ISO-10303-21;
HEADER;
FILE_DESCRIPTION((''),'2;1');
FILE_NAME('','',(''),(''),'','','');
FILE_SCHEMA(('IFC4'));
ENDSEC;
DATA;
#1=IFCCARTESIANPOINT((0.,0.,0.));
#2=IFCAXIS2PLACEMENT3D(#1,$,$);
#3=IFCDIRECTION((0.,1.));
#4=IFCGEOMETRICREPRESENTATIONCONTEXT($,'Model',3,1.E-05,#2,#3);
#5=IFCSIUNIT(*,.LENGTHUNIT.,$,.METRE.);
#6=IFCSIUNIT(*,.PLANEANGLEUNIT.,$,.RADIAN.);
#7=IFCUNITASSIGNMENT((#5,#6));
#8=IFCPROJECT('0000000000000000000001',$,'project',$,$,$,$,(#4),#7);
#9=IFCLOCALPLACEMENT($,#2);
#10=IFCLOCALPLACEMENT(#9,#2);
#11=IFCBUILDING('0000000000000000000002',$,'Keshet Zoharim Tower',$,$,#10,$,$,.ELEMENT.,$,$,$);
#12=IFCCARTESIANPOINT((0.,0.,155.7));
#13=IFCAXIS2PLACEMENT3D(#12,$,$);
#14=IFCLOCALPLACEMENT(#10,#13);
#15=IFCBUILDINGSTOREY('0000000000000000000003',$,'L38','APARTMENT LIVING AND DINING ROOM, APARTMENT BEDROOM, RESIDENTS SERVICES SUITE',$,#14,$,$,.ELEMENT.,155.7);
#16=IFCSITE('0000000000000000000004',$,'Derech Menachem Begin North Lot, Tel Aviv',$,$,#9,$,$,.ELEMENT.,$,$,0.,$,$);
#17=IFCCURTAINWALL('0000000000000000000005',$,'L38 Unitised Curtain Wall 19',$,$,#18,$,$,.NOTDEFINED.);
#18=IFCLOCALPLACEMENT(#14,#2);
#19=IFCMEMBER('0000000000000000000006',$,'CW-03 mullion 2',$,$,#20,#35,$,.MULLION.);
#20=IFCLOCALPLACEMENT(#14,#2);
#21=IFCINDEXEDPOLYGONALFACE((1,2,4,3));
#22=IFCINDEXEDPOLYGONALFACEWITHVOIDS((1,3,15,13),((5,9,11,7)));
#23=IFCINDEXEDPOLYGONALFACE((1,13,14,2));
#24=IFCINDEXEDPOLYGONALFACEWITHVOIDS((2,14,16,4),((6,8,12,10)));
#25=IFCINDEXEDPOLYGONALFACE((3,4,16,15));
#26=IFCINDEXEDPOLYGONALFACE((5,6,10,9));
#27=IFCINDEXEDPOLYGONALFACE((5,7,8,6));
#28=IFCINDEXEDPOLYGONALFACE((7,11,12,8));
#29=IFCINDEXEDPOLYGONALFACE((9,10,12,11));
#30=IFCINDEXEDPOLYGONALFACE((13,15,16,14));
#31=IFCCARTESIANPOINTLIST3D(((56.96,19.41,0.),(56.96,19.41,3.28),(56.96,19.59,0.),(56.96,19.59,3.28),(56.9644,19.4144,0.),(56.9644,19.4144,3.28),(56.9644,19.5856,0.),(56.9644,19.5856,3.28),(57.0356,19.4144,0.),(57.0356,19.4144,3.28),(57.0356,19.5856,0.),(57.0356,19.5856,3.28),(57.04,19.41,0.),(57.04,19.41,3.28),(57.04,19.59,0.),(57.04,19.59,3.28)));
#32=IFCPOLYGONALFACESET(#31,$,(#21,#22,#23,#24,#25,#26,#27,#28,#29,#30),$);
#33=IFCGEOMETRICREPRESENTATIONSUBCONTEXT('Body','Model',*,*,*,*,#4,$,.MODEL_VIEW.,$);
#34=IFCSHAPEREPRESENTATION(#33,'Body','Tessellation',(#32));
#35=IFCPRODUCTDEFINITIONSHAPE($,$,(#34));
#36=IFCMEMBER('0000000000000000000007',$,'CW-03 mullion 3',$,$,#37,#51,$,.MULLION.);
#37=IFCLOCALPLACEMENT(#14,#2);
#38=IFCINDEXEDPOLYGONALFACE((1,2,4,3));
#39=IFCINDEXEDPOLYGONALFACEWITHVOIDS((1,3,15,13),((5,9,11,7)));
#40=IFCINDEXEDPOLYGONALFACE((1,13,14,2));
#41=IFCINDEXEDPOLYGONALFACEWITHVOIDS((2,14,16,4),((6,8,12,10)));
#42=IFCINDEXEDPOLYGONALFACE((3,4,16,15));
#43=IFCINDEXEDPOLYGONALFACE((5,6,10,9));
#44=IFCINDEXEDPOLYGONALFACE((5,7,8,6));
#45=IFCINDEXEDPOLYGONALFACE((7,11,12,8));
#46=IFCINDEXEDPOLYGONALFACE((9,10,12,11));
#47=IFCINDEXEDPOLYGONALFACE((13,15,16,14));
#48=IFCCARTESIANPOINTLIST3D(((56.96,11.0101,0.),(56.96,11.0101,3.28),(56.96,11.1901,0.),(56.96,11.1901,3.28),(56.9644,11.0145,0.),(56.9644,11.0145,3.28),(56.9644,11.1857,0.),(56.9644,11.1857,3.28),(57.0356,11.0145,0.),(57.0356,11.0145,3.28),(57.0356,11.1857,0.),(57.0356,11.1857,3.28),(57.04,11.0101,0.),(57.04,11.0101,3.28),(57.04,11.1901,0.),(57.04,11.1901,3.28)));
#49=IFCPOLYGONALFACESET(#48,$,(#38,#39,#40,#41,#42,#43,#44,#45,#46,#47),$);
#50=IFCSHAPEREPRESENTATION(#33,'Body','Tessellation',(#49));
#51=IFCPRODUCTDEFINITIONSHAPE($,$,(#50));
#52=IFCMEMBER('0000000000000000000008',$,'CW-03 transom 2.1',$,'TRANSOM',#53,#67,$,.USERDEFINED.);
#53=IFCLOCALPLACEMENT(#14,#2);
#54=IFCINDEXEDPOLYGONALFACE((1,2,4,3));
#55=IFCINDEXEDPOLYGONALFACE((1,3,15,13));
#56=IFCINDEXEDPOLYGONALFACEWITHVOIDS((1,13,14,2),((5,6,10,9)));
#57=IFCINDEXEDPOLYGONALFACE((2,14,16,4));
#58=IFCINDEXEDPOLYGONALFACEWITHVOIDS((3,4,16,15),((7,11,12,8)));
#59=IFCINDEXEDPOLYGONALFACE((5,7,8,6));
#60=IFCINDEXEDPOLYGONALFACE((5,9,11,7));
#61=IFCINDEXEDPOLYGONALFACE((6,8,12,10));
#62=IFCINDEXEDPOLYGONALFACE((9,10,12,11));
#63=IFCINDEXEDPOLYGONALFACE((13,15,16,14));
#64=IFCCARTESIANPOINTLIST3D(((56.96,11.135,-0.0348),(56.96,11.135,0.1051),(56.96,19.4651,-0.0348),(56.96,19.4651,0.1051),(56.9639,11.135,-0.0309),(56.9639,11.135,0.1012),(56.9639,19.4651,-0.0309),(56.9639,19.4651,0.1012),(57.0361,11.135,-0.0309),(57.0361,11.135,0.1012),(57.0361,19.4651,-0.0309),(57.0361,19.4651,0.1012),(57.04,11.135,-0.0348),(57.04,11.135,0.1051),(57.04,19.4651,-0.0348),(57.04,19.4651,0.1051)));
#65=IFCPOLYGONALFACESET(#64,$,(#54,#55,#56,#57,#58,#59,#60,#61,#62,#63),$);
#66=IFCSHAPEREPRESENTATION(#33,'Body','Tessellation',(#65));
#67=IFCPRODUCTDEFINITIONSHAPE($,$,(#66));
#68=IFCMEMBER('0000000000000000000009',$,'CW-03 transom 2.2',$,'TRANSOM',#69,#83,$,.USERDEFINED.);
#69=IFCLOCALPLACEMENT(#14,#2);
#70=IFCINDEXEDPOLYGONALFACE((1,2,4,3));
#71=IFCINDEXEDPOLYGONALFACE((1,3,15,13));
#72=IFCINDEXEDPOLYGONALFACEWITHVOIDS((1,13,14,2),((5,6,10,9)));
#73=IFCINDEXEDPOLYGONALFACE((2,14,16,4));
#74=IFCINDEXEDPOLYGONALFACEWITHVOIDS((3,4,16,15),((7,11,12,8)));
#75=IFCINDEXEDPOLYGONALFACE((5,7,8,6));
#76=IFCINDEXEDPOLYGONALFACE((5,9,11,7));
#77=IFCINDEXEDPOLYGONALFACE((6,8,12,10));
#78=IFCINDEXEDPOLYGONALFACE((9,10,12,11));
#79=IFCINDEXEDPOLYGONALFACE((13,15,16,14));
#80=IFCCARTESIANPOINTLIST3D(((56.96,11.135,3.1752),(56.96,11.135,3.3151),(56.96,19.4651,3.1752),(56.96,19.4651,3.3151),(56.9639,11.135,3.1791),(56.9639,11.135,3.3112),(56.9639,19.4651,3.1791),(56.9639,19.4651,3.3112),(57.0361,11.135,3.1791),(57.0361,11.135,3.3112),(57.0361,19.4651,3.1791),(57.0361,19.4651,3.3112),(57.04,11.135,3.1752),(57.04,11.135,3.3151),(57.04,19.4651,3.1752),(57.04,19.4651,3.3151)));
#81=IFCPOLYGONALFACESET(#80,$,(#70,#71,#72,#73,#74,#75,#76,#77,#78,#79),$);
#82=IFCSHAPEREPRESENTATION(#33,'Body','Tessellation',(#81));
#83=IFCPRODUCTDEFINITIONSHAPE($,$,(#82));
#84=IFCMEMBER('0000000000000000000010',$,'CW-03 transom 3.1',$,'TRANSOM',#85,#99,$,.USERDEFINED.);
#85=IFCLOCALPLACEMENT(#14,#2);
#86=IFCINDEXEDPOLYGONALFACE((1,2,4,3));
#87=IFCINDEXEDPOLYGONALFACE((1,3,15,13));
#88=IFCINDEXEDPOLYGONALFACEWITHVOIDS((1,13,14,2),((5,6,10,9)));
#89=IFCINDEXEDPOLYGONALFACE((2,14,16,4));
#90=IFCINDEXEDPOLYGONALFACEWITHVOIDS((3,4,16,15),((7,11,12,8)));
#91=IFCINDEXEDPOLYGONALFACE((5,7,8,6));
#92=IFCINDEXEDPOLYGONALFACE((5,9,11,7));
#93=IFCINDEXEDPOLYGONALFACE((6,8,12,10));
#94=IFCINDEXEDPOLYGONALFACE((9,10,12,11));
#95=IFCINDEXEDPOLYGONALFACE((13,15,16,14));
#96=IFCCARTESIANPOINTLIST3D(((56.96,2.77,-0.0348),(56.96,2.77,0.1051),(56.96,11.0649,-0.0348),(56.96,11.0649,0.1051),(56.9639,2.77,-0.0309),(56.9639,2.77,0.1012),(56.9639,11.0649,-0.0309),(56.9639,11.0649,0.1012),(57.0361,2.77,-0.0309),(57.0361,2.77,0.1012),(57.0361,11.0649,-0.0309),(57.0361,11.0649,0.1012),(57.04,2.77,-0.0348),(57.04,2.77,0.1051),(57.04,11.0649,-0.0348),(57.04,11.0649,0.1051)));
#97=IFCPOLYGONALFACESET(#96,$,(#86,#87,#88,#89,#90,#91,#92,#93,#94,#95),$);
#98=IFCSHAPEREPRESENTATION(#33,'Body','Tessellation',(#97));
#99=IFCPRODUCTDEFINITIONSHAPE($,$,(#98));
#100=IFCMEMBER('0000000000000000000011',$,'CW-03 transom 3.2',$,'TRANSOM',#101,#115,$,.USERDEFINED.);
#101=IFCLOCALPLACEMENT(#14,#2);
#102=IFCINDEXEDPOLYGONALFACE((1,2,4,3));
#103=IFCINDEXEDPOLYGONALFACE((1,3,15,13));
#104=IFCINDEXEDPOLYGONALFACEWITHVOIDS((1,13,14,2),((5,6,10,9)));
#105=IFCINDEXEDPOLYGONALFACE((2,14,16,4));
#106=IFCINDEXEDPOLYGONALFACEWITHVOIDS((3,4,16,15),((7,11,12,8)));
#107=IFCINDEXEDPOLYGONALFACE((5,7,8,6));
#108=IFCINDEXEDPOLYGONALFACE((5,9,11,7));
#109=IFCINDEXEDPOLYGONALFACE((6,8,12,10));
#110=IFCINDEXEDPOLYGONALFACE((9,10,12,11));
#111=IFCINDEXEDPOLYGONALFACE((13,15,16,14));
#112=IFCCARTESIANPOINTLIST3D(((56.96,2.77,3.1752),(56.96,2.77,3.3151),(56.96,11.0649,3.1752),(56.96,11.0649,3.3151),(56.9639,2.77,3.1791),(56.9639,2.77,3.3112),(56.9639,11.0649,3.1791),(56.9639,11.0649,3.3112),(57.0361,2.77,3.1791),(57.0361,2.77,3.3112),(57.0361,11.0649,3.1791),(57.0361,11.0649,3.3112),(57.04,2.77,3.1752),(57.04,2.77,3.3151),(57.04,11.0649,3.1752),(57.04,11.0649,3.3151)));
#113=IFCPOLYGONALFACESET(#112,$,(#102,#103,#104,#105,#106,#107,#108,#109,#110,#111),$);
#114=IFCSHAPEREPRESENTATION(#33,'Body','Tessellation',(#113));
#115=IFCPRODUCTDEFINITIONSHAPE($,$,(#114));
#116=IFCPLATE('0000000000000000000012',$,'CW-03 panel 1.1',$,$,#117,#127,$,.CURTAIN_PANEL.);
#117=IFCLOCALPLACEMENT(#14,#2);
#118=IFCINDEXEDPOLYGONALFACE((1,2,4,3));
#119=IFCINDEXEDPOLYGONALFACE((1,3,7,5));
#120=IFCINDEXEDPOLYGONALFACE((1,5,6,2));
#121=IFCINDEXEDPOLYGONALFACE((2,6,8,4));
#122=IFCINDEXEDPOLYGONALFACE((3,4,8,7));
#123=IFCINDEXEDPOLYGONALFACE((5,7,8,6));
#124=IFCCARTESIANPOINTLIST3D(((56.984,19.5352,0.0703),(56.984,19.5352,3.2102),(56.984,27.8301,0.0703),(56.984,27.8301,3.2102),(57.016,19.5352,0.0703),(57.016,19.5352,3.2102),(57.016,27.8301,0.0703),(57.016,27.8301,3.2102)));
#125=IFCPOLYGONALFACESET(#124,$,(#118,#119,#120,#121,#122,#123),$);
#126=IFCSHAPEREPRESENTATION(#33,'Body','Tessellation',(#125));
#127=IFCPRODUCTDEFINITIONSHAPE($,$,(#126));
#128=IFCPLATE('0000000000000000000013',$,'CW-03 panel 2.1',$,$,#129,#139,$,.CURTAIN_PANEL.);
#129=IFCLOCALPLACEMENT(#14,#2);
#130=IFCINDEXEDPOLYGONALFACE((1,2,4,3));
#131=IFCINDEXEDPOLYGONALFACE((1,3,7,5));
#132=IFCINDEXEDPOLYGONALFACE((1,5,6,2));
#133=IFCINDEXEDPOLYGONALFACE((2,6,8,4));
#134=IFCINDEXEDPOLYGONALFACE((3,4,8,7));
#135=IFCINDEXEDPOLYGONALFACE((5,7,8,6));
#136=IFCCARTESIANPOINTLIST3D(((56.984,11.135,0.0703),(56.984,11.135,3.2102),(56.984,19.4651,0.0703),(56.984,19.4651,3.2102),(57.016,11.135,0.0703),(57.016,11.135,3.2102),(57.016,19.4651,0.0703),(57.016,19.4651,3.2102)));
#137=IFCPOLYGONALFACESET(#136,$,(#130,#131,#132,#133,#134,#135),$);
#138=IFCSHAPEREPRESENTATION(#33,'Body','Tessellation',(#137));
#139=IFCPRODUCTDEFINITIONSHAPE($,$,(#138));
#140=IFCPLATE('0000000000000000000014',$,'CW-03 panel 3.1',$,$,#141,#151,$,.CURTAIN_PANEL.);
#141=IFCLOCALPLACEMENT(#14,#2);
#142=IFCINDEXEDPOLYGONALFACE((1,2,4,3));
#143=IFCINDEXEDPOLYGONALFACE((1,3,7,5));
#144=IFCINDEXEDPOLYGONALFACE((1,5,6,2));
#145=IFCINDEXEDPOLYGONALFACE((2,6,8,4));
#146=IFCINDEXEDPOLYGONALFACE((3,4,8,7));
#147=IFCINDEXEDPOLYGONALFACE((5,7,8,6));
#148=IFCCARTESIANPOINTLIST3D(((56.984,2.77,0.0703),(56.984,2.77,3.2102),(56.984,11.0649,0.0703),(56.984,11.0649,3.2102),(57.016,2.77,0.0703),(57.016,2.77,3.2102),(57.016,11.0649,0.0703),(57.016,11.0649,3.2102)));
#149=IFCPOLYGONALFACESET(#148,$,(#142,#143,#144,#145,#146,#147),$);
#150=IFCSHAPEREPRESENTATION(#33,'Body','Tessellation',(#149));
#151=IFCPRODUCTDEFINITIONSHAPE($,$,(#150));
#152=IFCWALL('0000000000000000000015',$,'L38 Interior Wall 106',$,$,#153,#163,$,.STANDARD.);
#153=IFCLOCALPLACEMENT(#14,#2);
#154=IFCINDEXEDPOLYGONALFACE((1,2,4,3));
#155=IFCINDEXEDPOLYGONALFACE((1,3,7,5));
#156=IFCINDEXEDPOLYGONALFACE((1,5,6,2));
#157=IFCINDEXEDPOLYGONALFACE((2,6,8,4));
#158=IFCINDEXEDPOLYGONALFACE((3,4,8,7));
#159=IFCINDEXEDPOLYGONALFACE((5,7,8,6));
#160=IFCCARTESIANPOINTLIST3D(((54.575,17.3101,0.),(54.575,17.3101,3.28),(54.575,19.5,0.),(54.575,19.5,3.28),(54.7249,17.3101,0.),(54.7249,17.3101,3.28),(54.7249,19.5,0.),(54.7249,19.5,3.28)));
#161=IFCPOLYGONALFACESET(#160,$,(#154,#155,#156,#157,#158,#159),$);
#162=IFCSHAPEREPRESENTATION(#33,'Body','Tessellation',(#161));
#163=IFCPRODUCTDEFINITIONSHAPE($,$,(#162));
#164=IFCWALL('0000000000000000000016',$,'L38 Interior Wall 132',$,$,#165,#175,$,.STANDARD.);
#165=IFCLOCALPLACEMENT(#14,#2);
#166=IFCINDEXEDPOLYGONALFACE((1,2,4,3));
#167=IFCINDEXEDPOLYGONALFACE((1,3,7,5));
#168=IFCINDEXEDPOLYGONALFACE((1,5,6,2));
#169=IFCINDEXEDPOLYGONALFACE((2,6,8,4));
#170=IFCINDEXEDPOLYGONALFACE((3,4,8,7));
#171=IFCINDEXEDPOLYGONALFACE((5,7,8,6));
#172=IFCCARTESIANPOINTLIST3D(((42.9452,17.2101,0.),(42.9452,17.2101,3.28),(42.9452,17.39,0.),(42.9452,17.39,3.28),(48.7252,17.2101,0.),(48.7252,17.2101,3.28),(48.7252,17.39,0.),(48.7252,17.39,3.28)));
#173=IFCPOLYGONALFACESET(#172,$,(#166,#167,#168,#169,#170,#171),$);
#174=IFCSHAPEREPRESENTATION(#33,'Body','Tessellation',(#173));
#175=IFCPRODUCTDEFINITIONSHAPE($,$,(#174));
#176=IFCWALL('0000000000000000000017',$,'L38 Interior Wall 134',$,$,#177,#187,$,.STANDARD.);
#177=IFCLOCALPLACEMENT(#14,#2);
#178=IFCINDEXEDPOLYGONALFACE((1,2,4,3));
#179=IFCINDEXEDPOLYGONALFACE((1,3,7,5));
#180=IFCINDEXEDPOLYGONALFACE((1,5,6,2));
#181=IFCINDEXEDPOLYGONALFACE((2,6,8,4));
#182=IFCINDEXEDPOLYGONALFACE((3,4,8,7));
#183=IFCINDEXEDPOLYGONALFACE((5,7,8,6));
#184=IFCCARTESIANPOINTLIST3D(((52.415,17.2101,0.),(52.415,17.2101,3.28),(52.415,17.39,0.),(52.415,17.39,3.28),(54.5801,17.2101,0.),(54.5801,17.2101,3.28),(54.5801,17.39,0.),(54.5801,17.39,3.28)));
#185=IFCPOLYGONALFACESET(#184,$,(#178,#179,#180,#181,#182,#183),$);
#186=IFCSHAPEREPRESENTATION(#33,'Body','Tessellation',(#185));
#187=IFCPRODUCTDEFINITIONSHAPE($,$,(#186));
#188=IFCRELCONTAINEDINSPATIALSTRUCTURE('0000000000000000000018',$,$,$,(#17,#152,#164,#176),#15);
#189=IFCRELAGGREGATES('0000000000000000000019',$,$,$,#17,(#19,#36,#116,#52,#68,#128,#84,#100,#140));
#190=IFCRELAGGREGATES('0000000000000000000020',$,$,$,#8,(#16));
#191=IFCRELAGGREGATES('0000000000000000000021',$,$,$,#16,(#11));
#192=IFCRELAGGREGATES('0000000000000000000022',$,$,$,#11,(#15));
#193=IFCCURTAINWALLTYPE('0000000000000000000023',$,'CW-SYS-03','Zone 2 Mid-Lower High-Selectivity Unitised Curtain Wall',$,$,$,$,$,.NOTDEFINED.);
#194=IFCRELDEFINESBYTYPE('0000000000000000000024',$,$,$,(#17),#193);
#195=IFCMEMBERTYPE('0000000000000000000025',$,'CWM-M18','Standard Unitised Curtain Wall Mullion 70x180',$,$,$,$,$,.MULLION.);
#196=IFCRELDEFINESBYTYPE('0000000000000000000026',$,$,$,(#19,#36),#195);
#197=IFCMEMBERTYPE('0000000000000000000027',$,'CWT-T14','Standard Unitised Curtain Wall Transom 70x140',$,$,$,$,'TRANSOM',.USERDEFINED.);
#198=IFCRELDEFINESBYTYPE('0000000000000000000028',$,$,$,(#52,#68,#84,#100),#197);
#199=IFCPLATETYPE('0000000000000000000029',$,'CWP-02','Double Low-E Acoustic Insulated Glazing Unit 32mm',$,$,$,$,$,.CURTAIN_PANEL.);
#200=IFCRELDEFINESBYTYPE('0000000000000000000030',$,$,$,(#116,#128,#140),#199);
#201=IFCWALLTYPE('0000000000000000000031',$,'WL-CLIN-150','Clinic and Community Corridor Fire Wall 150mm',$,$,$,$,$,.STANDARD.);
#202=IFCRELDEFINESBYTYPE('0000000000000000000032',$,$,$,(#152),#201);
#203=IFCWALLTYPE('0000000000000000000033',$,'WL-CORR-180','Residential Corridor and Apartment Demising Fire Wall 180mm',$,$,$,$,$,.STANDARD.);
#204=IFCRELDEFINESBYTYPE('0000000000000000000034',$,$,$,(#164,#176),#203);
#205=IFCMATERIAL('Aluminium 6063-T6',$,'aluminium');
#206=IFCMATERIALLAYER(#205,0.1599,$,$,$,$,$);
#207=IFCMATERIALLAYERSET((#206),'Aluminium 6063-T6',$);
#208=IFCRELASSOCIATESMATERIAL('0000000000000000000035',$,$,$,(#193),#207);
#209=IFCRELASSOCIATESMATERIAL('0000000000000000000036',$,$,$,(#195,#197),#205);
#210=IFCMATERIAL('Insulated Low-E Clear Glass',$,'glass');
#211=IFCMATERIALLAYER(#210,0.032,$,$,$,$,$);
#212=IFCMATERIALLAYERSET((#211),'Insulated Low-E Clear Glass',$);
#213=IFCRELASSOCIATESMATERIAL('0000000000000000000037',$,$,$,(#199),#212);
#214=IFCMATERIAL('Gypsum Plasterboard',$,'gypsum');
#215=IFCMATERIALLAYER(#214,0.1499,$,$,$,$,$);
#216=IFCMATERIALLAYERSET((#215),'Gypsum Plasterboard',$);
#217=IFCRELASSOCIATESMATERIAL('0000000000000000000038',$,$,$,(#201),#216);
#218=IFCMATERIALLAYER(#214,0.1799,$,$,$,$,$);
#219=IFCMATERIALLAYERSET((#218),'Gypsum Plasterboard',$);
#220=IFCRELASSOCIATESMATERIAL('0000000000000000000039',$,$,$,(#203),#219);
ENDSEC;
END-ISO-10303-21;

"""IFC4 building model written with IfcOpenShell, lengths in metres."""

from ifc_helpers import new_model, si_unit, direction, frame, frame_2d, origin, origin_2d, place, context, subcontext, project, spatial, rectangle, hollow_rectangle, extrude, material, layer, layer_set, material_profile, profile_set, type_object, element, aggregate, save


model = new_model("IFC4")

# Units and contexts
model_context = context("Model", 3, precision=1e-05, world=origin(), true_north=direction((0.0, 1.0)))
body_context = subcontext(model_context, "Body", "Model", "MODEL_VIEW")
ifc_project = project(units=[si_unit("LENGTHUNIT", "METRE"), si_unit("PLANEANGLEUNIT", "RADIAN")], contexts=[model_context])

# Site, building, storey
site_placement = place(None, origin())
site = spatial("IfcSite", under=ifc_project, at=site_placement, Name="Derech Menachem Begin North Lot, Tel Aviv", CompositionType="ELEMENT", RefElevation=0.0)
building_placement = place(site_placement, origin())
building = spatial("IfcBuilding", under=site, at=building_placement, Name="Keshet Zoharim Tower", CompositionType="ELEMENT")
storey_placement = place(building_placement, frame((0.0, 0.0, 155.7)))
storey = spatial("IfcBuildingStorey", under=building, at=storey_placement, Name="L38", Description="APARTMENT LIVING AND DINING ROOM, APARTMENT BEDROOM, RESIDENTS SERVICES SUITE", CompositionType="ELEMENT", Elevation=155.7)

# Curtain wall, members, plates
ifc_material_1 = material(Name="Aluminium 6063-T6", Category="aluminium")
ifc_layer_1 = layer(ifc_material_1, 0.1599)
ifc_layer_set_1 = layer_set([ifc_layer_1], Name="Aluminium 6063-T6")
curtain_wall_type = type_object("IfcCurtainWallType", Name="CW-SYS-03", Description="Zone 2 Mid-Lower High-Selectivity Unitised Curtain Wall", PredefinedType="NOTDEFINED", material=ifc_layer_set_1)
curtain_wall_placement = place(storey_placement, origin())
curtain_wall = element("IfcCurtainWall", 1, at=curtain_wall_placement, inside=storey, type_object=curtain_wall_type, Name="L38 Unitised Curtain Wall 19", PredefinedType="NOTDEFINED")
ifc_material_profile_1 = material_profile(ifc_material_1, hollow_rectangle(XDim=0.0801, YDim=0.1799, WallThickness=0.0044, at=origin_2d()), Name="MUL-80x180")
ifc_profile_set_1 = profile_set([ifc_material_profile_1], Name="Aluminium 6063-T6")
member_type_1 = type_object("IfcMemberType", Name="CWM-M18", Description="Standard Unitised Curtain Wall Mullion 70x180", PredefinedType="MULLION", material=ifc_profile_set_1)
member_1_placement = place(storey_placement, frame((57.0, 19.5, 0.0), z_axis=(0.0, 0.0, 1.0), x_axis=(1.0, 0.0, 0.0)))
member_1 = element("IfcMember", 2, at=member_1_placement, type_object=member_type_1, Name="CW-03 mullion 2", PredefinedType="MULLION", context=body_context, shape_type="SweptSolid", body=[
    extrude(hollow_rectangle(XDim=0.0801, YDim=0.1799, WallThickness=0.0044, at=origin_2d()), origin(), (0.0, 0.0, 1.0), 3.28),
])
member_2_placement = place(storey_placement, frame((57.0, 11.1001, 0.0), z_axis=(0.0, 0.0, 1.0), x_axis=(1.0, 0.0, 0.0)))
member_2 = element("IfcMember", 3, at=member_2_placement, type_object=member_type_1, Name="CW-03 mullion 3", PredefinedType="MULLION", context=body_context, shape_type="SweptSolid", body=[
    extrude(hollow_rectangle(XDim=0.0801, YDim=0.1799, WallThickness=0.0044, at=origin_2d()), origin(), (0.0, 0.0, 1.0), 3.28),
])
ifc_material_profile_2 = material_profile(ifc_material_1, hollow_rectangle(XDim=0.0801, YDim=0.1399, WallThickness=0.0039, at=origin_2d()), Name="TRN-80x140")
ifc_profile_set_2 = profile_set([ifc_material_profile_2], Name="Aluminium 6063-T6")
member_type_2 = type_object("IfcMemberType", Name="CWT-T14", Description="Standard Unitised Curtain Wall Transom 70x140", ElementType="TRANSOM", PredefinedType="USERDEFINED", material=ifc_profile_set_2)
member_3_placement = place(storey_placement, frame((57.0, 19.4651, 0.0352), z_axis=(0.0, -1.0, 0.0), x_axis=(1.0, 0.0, 0.0)))
member_3 = element("IfcMember", 4, at=member_3_placement, type_object=member_type_2, Name="CW-03 transom 2.1", ObjectType="TRANSOM", PredefinedType="USERDEFINED", context=body_context, shape_type="SweptSolid", body=[
    extrude(hollow_rectangle(XDim=0.0801, YDim=0.1399, WallThickness=0.0039, at=origin_2d()), origin(), (0.0, 0.0, 1.0), 8.3301),
])
member_4_placement = place(storey_placement, frame((57.0, 19.4651, 3.2451), z_axis=(0.0, -1.0, 0.0), x_axis=(1.0, 0.0, 0.0)))
member_4 = element("IfcMember", 5, at=member_4_placement, type_object=member_type_2, Name="CW-03 transom 2.2", ObjectType="TRANSOM", PredefinedType="USERDEFINED", context=body_context, shape_type="SweptSolid", body=[
    extrude(hollow_rectangle(XDim=0.0801, YDim=0.1399, WallThickness=0.0039, at=origin_2d()), origin(), (0.0, 0.0, 1.0), 8.3301),
])
member_5_placement = place(storey_placement, frame((57.0, 11.0649, 0.0352), z_axis=(0.0, -1.0, 0.0), x_axis=(1.0, 0.0, 0.0)))
member_5 = element("IfcMember", 6, at=member_5_placement, type_object=member_type_2, Name="CW-03 transom 3.1", ObjectType="TRANSOM", PredefinedType="USERDEFINED", context=body_context, shape_type="SweptSolid", body=[
    extrude(hollow_rectangle(XDim=0.0801, YDim=0.1399, WallThickness=0.0039, at=origin_2d()), origin(), (0.0, 0.0, 1.0), 8.2949),
])
member_6_placement = place(storey_placement, frame((57.0, 11.0649, 3.2451), z_axis=(0.0, -1.0, 0.0), x_axis=(1.0, 0.0, 0.0)))
member_6 = element("IfcMember", 7, at=member_6_placement, type_object=member_type_2, Name="CW-03 transom 3.2", ObjectType="TRANSOM", PredefinedType="USERDEFINED", context=body_context, shape_type="SweptSolid", body=[
    extrude(hollow_rectangle(XDim=0.0801, YDim=0.1399, WallThickness=0.0039, at=origin_2d()), origin(), (0.0, 0.0, 1.0), 8.2949),
])
ifc_material_2 = material(Name="Insulated Low-E Clear Glass", Category="glass")
ifc_layer_2 = layer(ifc_material_2, 0.032)
ifc_layer_set_2 = layer_set([ifc_layer_2], Name="Insulated Low-E Clear Glass")
plate_type = type_object("IfcPlateType", Name="CWP-02", Description="Double Low-E Acoustic Insulated Glazing Unit 32mm", PredefinedType="CURTAIN_PANEL", material=ifc_layer_set_2)
plate_1_placement = place(storey_placement, frame((57.0, 23.6826, 0.0703), z_axis=(0.0, 0.0, 1.0), x_axis=(0.0, -1.0, 0.0)))
plate_1 = element("IfcPlate", 8, at=plate_1_placement, type_object=plate_type, Name="CW-03 panel 1.1", PredefinedType="CURTAIN_PANEL", context=body_context, shape_type="SweptSolid", body=[
    extrude(rectangle(XDim=8.2949, YDim=0.032, at=origin_2d()), origin(), (0.0, 0.0, 1.0), 3.1399),
])
plate_2_placement = place(storey_placement, frame((57.0, 15.3, 0.0703), z_axis=(0.0, 0.0, 1.0), x_axis=(0.0, -1.0, 0.0)))
plate_2 = element("IfcPlate", 9, at=plate_2_placement, type_object=plate_type, Name="CW-03 panel 2.1", PredefinedType="CURTAIN_PANEL", context=body_context, shape_type="SweptSolid", body=[
    extrude(rectangle(XDim=8.3301, YDim=0.032, at=origin_2d()), origin(), (0.0, 0.0, 1.0), 3.1399),
])
plate_3_placement = place(storey_placement, frame((57.0, 6.9175, 0.0703), z_axis=(0.0, 0.0, 1.0), x_axis=(0.0, -1.0, 0.0)))
plate_3 = element("IfcPlate", 10, at=plate_3_placement, type_object=plate_type, Name="CW-03 panel 3.1", PredefinedType="CURTAIN_PANEL", context=body_context, shape_type="SweptSolid", body=[
    extrude(rectangle(XDim=8.2949, YDim=0.032, at=origin_2d()), origin(), (0.0, 0.0, 1.0), 3.1399),
])
aggregate(curtain_wall, [member_1, member_2, plate_1, member_3, member_4, plate_2, member_5, member_6, plate_3])

# Walls
ifc_material_3 = material(Name="Gypsum Plasterboard", Category="gypsum")
ifc_layer_3 = layer(ifc_material_3, 0.1499)
ifc_layer_set_3 = layer_set([ifc_layer_3], Name="Gypsum Plasterboard")
wall_type_1 = type_object("IfcWallType", Name="WL-CLIN-150", Description="Clinic and Community Corridor Fire Wall 150mm", PredefinedType="STANDARD", material=ifc_layer_set_3)
wall_1_placement = place(storey_placement, frame((54.6499, 17.3101, 0.0), z_axis=(0.0, 0.0, 1.0), x_axis=(0.0, 1.0, 0.0)))
element("IfcWall", 11, at=wall_1_placement, inside=storey, type_object=wall_type_1, Name="L38 Interior Wall 106", PredefinedType="STANDARD", context=body_context, shape_type="SweptSolid", body=[
    extrude(rectangle(XDim=2.1899, YDim=0.1499, at=frame_2d((1.095, 0.0))), origin(), (0.0, 0.0, 1.0), 3.28),
])
ifc_layer_4 = layer(ifc_material_3, 0.1799)
ifc_layer_set_4 = layer_set([ifc_layer_4], Name="Gypsum Plasterboard")
wall_type_2 = type_object("IfcWallType", Name="WL-CORR-180", Description="Residential Corridor and Apartment Demising Fire Wall 180mm", PredefinedType="STANDARD", material=ifc_layer_set_4)
wall_2_placement = place(storey_placement, frame((42.9451, 17.3, 0.0), z_axis=(0.0, 0.0, 1.0), x_axis=(1.0, 0.0, 0.0)))
element("IfcWall", 12, at=wall_2_placement, inside=storey, type_object=wall_type_2, Name="L38 Interior Wall 132", PredefinedType="STANDARD", context=body_context, shape_type="SweptSolid", body=[
    extrude(rectangle(XDim=5.78, YDim=0.1799, at=frame_2d((2.8901, 0.0))), origin(), (0.0, 0.0, 1.0), 3.28),
])

# Wall
wall_3_placement = place(storey_placement, frame((52.415, 17.3, 0.0), z_axis=(0.0, 0.0, 1.0), x_axis=(1.0, 0.0, 0.0)))
element("IfcWall", 13, at=wall_3_placement, inside=storey, type_object=wall_type_2, Name="L38 Interior Wall 134", PredefinedType="STANDARD", context=body_context, shape_type="SweptSolid", body=[
    extrude(rectangle(XDim=2.165, YDim=0.1799, at=frame_2d((1.0825, 0.0))), origin(), (0.0, 0.0, 1.0), 3.28),
])

save(model, "model.ifc")
